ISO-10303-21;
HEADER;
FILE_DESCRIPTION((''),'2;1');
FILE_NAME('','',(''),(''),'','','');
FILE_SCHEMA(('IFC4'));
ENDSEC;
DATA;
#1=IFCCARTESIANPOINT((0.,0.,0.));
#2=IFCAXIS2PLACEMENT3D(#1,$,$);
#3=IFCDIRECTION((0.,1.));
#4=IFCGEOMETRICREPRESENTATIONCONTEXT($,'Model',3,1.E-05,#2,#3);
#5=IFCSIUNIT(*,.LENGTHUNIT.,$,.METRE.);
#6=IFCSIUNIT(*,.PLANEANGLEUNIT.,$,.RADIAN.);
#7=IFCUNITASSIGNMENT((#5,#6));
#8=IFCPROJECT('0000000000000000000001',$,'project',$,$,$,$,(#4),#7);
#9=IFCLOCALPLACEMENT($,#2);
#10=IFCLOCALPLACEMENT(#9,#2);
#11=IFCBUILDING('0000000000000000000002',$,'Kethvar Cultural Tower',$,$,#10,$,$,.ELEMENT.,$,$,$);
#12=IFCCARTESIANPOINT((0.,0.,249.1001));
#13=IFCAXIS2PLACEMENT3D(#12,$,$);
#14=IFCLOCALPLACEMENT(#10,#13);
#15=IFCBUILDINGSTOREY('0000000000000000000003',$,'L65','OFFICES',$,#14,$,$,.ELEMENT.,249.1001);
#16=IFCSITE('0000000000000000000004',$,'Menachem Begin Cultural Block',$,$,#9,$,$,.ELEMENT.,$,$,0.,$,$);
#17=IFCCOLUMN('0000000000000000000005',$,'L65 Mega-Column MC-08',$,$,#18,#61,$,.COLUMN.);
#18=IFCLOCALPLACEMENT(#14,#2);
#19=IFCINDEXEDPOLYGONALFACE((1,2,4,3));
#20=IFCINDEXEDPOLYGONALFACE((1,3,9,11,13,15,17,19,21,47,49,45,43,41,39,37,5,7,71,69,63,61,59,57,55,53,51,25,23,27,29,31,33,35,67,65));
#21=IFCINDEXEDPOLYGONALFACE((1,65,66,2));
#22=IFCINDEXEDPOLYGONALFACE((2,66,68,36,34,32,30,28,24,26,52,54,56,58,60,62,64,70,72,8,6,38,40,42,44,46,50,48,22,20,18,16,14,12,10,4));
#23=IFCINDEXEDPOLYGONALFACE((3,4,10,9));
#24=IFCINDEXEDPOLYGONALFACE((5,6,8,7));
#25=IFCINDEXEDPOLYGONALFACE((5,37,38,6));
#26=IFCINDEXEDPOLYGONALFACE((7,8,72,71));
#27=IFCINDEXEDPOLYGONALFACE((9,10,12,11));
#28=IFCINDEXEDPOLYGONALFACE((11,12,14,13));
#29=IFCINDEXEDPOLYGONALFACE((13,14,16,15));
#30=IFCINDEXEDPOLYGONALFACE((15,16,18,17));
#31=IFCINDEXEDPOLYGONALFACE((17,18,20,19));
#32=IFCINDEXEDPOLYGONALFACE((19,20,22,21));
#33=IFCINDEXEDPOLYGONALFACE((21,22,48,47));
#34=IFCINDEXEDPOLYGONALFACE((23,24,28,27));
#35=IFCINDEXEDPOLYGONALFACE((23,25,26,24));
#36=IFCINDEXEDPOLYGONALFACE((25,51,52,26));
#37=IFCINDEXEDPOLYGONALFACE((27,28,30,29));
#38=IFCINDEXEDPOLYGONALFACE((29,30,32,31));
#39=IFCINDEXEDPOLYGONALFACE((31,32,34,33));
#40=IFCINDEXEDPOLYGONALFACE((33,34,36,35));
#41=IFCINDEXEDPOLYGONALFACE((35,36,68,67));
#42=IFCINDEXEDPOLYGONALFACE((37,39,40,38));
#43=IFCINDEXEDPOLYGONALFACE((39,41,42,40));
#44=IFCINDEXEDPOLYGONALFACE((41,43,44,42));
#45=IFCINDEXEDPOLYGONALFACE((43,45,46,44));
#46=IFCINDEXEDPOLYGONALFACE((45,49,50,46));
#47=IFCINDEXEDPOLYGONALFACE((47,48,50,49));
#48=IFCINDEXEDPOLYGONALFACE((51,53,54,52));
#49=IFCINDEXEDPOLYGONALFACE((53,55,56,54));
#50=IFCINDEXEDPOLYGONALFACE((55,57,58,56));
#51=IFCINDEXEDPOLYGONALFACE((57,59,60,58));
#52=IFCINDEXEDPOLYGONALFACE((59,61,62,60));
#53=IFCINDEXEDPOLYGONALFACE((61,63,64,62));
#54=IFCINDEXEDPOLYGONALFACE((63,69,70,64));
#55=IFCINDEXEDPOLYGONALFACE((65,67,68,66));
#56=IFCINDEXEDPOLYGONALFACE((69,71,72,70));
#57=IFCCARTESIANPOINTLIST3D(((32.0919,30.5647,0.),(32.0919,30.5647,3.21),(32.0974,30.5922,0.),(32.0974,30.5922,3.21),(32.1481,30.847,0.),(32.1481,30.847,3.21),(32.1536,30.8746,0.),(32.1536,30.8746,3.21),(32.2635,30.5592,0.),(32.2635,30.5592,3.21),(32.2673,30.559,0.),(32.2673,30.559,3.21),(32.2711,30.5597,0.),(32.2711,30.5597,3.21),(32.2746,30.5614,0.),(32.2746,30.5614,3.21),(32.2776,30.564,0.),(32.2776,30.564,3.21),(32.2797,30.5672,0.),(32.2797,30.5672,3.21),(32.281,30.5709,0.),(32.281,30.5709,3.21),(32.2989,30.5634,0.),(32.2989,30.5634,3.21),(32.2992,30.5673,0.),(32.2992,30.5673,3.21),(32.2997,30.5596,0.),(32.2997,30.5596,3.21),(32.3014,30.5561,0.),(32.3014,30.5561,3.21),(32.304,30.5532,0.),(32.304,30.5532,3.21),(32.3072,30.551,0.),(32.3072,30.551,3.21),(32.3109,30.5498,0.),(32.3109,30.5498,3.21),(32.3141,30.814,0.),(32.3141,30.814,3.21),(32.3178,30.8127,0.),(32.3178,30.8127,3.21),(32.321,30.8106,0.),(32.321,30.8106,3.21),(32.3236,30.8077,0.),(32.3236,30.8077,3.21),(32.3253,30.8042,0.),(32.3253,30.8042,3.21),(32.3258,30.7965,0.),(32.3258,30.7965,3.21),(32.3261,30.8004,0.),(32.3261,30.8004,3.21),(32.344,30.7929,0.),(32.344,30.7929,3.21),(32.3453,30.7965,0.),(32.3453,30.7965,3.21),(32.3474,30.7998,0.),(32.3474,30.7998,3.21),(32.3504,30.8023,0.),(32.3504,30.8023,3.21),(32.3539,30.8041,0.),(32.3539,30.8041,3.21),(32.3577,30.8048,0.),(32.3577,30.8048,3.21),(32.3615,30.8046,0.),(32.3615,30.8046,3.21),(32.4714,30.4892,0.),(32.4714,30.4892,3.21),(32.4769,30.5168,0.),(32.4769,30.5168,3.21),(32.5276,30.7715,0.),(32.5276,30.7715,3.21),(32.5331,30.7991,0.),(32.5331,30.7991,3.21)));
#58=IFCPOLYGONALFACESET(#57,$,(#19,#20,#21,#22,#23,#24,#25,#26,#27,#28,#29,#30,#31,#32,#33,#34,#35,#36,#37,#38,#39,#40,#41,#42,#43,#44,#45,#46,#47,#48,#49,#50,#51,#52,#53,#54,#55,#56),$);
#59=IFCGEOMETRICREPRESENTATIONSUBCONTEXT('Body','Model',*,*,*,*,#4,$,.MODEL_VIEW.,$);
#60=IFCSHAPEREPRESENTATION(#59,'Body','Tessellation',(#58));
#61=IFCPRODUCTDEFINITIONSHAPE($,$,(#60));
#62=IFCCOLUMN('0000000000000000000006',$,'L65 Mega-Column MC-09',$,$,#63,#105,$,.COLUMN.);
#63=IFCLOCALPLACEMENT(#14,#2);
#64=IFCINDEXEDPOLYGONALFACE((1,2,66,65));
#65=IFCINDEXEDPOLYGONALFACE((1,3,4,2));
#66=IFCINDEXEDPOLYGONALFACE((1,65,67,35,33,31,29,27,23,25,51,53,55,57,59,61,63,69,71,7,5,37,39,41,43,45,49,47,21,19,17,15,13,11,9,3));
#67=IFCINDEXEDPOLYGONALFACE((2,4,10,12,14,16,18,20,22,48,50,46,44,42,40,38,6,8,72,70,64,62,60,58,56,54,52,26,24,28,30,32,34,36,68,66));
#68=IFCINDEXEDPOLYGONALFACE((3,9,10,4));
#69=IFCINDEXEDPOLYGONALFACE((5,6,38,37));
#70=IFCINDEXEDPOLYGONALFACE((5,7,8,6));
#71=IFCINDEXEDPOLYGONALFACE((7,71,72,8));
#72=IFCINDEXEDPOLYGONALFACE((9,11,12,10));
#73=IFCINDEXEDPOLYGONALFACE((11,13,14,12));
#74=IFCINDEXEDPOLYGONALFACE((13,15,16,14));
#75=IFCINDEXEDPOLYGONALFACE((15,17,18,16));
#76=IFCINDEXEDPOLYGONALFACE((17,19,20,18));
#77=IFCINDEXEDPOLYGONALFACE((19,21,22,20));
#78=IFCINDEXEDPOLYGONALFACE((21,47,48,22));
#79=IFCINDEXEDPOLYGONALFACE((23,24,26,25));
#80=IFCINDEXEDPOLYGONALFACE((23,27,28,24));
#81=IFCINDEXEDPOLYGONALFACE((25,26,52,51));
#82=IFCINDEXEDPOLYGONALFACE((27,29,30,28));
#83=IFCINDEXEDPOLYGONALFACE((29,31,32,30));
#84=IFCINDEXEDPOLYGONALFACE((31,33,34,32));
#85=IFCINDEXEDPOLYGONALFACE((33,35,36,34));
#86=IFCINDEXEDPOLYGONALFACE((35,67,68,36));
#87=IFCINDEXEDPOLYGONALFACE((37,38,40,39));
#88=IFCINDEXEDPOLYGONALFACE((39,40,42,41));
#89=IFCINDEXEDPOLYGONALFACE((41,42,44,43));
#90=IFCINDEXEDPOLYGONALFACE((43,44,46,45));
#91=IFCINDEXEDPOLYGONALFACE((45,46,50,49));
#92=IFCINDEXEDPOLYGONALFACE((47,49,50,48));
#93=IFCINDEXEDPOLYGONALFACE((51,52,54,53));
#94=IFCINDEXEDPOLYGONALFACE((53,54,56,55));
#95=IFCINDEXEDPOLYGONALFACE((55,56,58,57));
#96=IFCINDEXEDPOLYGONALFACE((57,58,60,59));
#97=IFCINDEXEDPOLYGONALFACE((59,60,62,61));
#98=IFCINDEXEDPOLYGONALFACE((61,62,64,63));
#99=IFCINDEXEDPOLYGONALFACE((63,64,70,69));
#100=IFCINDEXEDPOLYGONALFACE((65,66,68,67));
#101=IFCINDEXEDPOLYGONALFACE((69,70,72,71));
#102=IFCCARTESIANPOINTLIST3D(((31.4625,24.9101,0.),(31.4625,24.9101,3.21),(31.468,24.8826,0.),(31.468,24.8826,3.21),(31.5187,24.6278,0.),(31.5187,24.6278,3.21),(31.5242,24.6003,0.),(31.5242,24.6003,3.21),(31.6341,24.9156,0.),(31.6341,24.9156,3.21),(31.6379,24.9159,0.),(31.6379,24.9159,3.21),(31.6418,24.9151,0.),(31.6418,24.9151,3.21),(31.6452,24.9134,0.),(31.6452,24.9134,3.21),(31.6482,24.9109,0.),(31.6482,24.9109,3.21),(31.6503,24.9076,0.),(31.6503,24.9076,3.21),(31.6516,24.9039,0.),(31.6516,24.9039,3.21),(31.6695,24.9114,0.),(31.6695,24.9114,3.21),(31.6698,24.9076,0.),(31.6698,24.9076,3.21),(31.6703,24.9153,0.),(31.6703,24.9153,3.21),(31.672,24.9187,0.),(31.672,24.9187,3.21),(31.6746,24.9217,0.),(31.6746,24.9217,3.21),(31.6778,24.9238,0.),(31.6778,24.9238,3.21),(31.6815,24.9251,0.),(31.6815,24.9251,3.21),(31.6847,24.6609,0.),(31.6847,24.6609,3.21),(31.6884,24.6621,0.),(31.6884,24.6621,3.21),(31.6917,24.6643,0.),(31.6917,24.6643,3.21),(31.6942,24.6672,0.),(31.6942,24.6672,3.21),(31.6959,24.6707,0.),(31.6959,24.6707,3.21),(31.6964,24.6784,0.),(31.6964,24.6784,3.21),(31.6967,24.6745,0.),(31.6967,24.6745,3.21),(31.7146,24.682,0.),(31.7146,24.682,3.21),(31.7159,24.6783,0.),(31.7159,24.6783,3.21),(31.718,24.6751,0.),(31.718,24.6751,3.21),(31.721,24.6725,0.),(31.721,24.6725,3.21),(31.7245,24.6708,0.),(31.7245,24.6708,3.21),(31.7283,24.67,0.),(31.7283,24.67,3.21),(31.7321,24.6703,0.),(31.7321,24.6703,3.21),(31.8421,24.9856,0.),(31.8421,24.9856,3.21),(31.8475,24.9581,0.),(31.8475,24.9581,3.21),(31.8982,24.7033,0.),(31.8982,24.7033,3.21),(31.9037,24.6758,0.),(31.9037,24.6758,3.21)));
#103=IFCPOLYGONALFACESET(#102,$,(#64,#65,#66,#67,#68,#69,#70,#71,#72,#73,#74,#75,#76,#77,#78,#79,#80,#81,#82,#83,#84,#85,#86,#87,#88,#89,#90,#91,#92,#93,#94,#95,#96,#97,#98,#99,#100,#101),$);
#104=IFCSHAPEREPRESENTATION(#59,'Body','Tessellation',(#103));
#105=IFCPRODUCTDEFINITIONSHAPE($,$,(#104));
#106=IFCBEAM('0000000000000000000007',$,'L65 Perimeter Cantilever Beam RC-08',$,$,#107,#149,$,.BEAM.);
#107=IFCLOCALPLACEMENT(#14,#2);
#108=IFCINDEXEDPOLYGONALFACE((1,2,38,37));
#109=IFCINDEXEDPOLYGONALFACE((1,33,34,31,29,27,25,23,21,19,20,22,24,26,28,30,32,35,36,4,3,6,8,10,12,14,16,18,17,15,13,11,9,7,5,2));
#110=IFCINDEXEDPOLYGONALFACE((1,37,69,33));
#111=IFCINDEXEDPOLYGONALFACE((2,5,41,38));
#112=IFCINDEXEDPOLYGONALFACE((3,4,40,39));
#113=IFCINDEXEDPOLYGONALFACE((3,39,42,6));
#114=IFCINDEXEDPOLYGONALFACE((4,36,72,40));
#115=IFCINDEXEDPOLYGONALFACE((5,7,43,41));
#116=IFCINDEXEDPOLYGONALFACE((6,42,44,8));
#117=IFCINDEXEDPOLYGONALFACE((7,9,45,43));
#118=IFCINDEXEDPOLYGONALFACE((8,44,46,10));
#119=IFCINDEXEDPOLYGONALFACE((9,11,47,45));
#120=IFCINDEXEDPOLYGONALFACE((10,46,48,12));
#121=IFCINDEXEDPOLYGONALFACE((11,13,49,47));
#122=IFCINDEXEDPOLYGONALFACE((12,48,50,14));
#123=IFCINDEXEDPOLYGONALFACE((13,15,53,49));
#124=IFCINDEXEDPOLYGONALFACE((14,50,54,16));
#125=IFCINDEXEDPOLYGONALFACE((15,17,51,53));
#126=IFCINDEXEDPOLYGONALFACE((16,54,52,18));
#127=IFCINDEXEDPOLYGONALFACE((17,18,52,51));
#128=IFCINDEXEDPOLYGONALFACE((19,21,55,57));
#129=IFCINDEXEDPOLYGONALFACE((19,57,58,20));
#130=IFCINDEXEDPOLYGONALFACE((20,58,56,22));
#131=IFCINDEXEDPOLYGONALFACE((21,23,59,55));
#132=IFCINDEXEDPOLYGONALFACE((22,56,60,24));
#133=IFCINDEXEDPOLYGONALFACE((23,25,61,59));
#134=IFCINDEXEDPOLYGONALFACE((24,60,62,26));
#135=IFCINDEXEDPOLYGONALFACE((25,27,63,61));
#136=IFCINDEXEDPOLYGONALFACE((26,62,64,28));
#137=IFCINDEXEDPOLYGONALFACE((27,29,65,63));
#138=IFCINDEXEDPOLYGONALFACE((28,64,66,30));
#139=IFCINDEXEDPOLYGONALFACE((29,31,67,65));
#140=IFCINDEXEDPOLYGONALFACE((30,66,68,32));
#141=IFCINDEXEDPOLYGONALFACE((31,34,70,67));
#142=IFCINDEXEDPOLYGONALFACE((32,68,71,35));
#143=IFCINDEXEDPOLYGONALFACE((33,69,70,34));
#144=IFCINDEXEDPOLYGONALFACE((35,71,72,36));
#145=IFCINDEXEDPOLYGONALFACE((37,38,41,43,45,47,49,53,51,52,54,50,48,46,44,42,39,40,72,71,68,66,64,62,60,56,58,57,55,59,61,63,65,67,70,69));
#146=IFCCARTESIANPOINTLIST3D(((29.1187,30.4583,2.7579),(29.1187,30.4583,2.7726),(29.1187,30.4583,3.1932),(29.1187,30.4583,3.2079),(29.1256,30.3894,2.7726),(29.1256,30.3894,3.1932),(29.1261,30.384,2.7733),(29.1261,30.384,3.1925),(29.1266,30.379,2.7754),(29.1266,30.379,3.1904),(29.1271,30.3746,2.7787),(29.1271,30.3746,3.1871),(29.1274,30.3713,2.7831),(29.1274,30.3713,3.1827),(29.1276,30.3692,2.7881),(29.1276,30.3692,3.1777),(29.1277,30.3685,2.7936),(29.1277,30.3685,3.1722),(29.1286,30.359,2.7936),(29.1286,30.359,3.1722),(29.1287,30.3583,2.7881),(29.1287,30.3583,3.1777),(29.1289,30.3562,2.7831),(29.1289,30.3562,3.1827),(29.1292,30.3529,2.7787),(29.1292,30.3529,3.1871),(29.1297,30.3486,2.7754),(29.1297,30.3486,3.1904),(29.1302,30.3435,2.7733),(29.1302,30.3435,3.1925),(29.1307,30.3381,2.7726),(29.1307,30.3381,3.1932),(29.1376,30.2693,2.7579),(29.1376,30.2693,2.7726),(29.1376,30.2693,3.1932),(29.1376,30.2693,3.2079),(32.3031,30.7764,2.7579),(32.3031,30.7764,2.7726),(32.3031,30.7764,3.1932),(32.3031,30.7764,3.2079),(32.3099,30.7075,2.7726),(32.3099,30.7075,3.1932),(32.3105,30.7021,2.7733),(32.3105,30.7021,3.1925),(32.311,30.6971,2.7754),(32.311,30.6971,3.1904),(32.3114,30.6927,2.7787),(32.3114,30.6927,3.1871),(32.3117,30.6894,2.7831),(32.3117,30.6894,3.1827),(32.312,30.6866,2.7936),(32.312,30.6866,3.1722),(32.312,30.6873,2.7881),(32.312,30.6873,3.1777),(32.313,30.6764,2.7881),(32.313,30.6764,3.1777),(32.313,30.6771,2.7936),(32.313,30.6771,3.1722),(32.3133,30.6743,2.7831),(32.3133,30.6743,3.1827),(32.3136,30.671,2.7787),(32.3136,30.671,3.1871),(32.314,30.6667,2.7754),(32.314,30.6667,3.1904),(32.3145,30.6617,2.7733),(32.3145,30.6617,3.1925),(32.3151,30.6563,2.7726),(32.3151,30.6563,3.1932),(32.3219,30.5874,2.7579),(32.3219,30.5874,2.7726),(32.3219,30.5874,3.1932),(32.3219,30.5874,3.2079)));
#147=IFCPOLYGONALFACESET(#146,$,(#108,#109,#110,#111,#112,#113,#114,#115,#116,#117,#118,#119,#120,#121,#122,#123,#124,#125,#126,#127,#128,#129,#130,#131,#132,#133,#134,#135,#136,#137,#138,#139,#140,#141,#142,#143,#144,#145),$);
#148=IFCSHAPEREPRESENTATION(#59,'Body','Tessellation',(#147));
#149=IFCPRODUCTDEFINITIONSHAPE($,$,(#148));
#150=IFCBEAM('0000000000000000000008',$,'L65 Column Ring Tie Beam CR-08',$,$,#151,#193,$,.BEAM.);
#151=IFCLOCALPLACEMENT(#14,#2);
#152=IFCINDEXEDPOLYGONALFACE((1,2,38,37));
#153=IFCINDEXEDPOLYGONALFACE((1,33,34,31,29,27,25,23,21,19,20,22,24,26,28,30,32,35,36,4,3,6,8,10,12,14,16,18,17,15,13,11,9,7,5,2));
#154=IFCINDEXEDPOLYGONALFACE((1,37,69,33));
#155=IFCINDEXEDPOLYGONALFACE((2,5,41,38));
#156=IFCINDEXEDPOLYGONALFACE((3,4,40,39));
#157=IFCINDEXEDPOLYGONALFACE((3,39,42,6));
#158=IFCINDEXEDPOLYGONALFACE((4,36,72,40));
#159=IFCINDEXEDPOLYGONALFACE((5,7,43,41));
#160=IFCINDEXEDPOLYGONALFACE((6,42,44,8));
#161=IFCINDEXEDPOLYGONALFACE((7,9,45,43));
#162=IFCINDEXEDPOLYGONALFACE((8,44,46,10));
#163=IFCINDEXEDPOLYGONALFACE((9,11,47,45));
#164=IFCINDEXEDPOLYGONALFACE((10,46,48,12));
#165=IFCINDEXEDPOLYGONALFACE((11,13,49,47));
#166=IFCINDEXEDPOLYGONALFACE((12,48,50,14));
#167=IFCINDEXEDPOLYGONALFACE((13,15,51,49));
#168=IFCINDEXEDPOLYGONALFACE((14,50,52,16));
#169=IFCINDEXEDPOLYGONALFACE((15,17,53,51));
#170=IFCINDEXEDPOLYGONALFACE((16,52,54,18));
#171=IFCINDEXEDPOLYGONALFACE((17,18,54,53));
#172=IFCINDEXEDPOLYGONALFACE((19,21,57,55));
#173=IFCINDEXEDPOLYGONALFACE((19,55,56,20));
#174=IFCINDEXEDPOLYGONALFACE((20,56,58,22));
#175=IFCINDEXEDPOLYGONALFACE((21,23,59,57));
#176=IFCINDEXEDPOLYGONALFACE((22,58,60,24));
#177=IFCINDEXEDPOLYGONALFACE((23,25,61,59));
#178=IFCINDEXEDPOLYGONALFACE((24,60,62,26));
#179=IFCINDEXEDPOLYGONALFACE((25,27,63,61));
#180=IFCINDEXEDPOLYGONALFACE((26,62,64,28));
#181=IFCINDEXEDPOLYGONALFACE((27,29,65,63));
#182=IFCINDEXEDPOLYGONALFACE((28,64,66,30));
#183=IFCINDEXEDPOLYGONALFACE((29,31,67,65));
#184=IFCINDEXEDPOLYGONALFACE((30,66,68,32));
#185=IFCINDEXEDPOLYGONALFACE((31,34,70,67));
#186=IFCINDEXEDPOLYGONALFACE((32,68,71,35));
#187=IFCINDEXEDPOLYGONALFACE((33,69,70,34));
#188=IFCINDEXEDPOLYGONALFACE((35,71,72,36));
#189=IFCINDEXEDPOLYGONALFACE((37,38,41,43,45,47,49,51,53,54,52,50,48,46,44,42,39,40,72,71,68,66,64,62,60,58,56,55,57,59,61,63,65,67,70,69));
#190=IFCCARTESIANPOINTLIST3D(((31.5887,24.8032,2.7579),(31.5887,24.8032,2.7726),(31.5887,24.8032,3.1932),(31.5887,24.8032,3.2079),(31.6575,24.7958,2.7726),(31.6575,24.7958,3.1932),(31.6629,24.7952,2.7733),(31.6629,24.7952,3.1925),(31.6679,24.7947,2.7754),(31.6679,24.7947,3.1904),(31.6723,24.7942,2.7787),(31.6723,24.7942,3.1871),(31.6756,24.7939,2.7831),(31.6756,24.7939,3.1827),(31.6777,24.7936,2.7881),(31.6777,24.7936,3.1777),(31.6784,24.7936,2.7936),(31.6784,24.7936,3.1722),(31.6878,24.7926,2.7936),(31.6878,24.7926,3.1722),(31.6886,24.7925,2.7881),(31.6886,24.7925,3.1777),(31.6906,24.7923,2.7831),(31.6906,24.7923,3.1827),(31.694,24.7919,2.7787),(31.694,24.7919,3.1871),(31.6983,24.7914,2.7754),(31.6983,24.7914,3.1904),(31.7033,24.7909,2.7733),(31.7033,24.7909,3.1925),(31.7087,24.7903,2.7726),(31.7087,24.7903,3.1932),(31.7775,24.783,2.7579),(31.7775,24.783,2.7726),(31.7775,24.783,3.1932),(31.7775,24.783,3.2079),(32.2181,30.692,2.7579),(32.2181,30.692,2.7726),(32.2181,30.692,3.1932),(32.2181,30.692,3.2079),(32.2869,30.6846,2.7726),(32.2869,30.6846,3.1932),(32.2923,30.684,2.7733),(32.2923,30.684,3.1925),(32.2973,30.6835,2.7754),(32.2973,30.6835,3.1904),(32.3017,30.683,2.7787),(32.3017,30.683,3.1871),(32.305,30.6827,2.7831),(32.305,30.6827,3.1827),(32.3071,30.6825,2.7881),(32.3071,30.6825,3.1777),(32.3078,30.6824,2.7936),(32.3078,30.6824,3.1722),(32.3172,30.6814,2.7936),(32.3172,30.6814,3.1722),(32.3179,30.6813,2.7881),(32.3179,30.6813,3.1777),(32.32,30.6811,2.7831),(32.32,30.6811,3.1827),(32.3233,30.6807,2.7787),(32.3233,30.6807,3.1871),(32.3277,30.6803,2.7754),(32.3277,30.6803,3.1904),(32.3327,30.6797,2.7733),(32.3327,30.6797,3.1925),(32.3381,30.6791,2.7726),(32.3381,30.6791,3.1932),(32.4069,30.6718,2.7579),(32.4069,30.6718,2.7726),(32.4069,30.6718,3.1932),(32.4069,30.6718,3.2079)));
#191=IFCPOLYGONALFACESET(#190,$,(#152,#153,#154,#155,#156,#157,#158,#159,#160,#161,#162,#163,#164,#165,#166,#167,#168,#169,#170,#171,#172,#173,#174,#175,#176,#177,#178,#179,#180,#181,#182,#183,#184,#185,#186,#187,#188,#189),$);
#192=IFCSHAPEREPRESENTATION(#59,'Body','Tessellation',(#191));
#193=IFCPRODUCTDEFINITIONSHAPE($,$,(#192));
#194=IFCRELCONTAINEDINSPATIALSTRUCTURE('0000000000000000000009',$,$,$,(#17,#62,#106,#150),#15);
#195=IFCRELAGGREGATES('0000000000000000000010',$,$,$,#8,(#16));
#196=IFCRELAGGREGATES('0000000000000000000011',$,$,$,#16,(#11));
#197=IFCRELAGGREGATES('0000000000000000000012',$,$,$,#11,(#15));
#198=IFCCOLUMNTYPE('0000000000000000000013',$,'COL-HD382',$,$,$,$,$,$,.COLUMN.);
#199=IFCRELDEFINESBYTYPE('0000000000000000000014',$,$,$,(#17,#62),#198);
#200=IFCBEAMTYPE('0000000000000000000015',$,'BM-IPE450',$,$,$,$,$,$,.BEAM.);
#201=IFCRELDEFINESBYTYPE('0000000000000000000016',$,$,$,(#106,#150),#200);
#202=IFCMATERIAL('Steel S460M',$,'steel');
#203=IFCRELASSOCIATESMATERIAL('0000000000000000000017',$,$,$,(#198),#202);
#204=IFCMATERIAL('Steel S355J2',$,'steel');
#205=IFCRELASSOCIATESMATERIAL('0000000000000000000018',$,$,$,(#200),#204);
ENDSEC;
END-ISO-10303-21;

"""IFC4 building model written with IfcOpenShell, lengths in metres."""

from ifc_helpers import new_model, si_unit, direction, frame, origin, origin_2d, place, context, subcontext, project, spatial, i_section, extrude, source, transform, mapped, material, material_profile, profile_set, type_object, element, save


model = new_model("IFC4")

# Units and contexts
model_context = context("Model", 3, precision=1e-05, world=origin(), true_north=direction((0.0, 1.0)))
body_context = subcontext(model_context, "Body", "Model", "MODEL_VIEW")
ifc_project = project(units=[si_unit("LENGTHUNIT", "METRE"), si_unit("PLANEANGLEUNIT", "RADIAN")], contexts=[model_context])

# Site, building, storey
site_placement = place(None, origin())
site = spatial("IfcSite", under=ifc_project, at=site_placement, Name="Menachem Begin Cultural Block", CompositionType="ELEMENT", RefElevation=0.0)
building_placement = place(site_placement, origin())
building = spatial("IfcBuilding", under=site, at=building_placement, Name="Kethvar Cultural Tower", CompositionType="ELEMENT")
storey_placement = place(building_placement, frame((0.0, 0.0, 249.1001)))
storey = spatial("IfcBuildingStorey", under=building, at=storey_placement, Name="L65", Description="OFFICES", CompositionType="ELEMENT", Elevation=249.1001)

# Columns
ifc_material_1 = material(Name="Steel S460M", Category="steel")
ifc_material_profile_1 = material_profile(ifc_material_1, i_section(OverallWidth=0.387, OverallDepth=0.3159, WebThickness=0.0186, FlangeThickness=0.0281, FilletRadius=0.0149, at=origin_2d()), Name="Steel S460M — HD400x382")
ifc_profile_set_1 = profile_set([ifc_material_profile_1], Name="Steel S460M — HD400x382")
column_type = type_object("IfcColumnType", Name="COL-HD382", PredefinedType="COLUMN", material=ifc_profile_set_1)
shared_shape_1 = source(origin(), body_context, "Body", "SweptSolid", [
    extrude(i_section(OverallWidth=0.387, OverallDepth=0.3159, WebThickness=0.0186, FlangeThickness=0.0281, FilletRadius=0.0149, at=origin_2d()), origin(), (0.0, 0.0, 1.0), 3.21),
])
for number, where, z_axis, x_axis, name in (
    (1, (32.3125, 30.6819, 0.0), (0.0, 0.0, 1.0), (-0.980785, 0.19509, 0.0), "L65 Mega-Column MC-08"),
    (2, (31.6831, 24.793, 0.0), (0.0, 0.0, 1.0), (-0.980785, -0.19509, 0.0), "L65 Mega-Column MC-09"),
):
    element("IfcColumn", number, at=place(storey_placement, frame(where, z_axis=z_axis, x_axis=x_axis)), inside=storey, type_object=column_type, Name=name, PredefinedType="COLUMN", context=body_context, shape_type="MappedRepresentation", body=[
        mapped(shared_shape_1, transform((0.0, 0.0, 0.0), scale=1.0)),
    ])

# Beams
ifc_material_2 = material(Name="Steel S355J2", Category="steel")
ifc_material_profile_2 = material_profile(ifc_material_2, i_section(OverallWidth=0.1899, OverallDepth=0.45, WebThickness=0.0095, FlangeThickness=0.0146, FilletRadius=0.021, at=origin_2d()), Name="Steel S355J2 — IPE450")
ifc_profile_set_2 = profile_set([ifc_material_profile_2], Name="Steel S355J2 — IPE450")
beam_type_1 = type_object("IfcBeamType", Name="BM-IPE450", PredefinedType="BEAM", material=ifc_profile_set_2)
shared_shape_2 = source(origin(), body_context, "Body", "SweptSolid", [
    extrude(i_section(OverallWidth=0.1899, OverallDepth=0.45, WebThickness=0.0095, FlangeThickness=0.0146, FilletRadius=0.021, at=origin_2d()), origin(), (0.0, 0.0, 1.0), 3.2002),
])
beam_1_placement = place(storey_placement, frame((32.3125, 30.6819, 2.9829), z_axis=(-0.995047, -0.099406, 0.0), x_axis=(0.099406, -0.995047, 0.0)))
element("IfcBeam", 3, at=beam_1_placement, inside=storey, type_object=beam_type_1, Name="L65 Perimeter Cantilever Beam RC-08", PredefinedType="BEAM", context=body_context, shape_type="MappedRepresentation", body=[
    mapped(shared_shape_2, transform((0.0, 0.0, 0.0), scale=1.0)),
])
shared_shape_3 = source(origin(), body_context, "Body", "SweptSolid", [
    extrude(i_section(OverallWidth=0.1899, OverallDepth=0.45, WebThickness=0.0095, FlangeThickness=0.0146, FilletRadius=0.021, at=origin_2d()), origin(), (0.0, 0.0, 1.0), 5.9224),
])
beam_2_placement = place(storey_placement, frame((32.3125, 30.6819, 2.9829), z_axis=(-0.106273, -0.994337, 0.0), x_axis=(0.994337, -0.106273, 0.0)))
element("IfcBeam", 4, at=beam_2_placement, inside=storey, type_object=beam_type_1, Name="L65 Column Ring Tie Beam CR-08", PredefinedType="BEAM", context=body_context, shape_type="MappedRepresentation", body=[
    mapped(shared_shape_3, transform((0.0, 0.0, 0.0), scale=1.0)),
])

save(model, "model.ifc")
